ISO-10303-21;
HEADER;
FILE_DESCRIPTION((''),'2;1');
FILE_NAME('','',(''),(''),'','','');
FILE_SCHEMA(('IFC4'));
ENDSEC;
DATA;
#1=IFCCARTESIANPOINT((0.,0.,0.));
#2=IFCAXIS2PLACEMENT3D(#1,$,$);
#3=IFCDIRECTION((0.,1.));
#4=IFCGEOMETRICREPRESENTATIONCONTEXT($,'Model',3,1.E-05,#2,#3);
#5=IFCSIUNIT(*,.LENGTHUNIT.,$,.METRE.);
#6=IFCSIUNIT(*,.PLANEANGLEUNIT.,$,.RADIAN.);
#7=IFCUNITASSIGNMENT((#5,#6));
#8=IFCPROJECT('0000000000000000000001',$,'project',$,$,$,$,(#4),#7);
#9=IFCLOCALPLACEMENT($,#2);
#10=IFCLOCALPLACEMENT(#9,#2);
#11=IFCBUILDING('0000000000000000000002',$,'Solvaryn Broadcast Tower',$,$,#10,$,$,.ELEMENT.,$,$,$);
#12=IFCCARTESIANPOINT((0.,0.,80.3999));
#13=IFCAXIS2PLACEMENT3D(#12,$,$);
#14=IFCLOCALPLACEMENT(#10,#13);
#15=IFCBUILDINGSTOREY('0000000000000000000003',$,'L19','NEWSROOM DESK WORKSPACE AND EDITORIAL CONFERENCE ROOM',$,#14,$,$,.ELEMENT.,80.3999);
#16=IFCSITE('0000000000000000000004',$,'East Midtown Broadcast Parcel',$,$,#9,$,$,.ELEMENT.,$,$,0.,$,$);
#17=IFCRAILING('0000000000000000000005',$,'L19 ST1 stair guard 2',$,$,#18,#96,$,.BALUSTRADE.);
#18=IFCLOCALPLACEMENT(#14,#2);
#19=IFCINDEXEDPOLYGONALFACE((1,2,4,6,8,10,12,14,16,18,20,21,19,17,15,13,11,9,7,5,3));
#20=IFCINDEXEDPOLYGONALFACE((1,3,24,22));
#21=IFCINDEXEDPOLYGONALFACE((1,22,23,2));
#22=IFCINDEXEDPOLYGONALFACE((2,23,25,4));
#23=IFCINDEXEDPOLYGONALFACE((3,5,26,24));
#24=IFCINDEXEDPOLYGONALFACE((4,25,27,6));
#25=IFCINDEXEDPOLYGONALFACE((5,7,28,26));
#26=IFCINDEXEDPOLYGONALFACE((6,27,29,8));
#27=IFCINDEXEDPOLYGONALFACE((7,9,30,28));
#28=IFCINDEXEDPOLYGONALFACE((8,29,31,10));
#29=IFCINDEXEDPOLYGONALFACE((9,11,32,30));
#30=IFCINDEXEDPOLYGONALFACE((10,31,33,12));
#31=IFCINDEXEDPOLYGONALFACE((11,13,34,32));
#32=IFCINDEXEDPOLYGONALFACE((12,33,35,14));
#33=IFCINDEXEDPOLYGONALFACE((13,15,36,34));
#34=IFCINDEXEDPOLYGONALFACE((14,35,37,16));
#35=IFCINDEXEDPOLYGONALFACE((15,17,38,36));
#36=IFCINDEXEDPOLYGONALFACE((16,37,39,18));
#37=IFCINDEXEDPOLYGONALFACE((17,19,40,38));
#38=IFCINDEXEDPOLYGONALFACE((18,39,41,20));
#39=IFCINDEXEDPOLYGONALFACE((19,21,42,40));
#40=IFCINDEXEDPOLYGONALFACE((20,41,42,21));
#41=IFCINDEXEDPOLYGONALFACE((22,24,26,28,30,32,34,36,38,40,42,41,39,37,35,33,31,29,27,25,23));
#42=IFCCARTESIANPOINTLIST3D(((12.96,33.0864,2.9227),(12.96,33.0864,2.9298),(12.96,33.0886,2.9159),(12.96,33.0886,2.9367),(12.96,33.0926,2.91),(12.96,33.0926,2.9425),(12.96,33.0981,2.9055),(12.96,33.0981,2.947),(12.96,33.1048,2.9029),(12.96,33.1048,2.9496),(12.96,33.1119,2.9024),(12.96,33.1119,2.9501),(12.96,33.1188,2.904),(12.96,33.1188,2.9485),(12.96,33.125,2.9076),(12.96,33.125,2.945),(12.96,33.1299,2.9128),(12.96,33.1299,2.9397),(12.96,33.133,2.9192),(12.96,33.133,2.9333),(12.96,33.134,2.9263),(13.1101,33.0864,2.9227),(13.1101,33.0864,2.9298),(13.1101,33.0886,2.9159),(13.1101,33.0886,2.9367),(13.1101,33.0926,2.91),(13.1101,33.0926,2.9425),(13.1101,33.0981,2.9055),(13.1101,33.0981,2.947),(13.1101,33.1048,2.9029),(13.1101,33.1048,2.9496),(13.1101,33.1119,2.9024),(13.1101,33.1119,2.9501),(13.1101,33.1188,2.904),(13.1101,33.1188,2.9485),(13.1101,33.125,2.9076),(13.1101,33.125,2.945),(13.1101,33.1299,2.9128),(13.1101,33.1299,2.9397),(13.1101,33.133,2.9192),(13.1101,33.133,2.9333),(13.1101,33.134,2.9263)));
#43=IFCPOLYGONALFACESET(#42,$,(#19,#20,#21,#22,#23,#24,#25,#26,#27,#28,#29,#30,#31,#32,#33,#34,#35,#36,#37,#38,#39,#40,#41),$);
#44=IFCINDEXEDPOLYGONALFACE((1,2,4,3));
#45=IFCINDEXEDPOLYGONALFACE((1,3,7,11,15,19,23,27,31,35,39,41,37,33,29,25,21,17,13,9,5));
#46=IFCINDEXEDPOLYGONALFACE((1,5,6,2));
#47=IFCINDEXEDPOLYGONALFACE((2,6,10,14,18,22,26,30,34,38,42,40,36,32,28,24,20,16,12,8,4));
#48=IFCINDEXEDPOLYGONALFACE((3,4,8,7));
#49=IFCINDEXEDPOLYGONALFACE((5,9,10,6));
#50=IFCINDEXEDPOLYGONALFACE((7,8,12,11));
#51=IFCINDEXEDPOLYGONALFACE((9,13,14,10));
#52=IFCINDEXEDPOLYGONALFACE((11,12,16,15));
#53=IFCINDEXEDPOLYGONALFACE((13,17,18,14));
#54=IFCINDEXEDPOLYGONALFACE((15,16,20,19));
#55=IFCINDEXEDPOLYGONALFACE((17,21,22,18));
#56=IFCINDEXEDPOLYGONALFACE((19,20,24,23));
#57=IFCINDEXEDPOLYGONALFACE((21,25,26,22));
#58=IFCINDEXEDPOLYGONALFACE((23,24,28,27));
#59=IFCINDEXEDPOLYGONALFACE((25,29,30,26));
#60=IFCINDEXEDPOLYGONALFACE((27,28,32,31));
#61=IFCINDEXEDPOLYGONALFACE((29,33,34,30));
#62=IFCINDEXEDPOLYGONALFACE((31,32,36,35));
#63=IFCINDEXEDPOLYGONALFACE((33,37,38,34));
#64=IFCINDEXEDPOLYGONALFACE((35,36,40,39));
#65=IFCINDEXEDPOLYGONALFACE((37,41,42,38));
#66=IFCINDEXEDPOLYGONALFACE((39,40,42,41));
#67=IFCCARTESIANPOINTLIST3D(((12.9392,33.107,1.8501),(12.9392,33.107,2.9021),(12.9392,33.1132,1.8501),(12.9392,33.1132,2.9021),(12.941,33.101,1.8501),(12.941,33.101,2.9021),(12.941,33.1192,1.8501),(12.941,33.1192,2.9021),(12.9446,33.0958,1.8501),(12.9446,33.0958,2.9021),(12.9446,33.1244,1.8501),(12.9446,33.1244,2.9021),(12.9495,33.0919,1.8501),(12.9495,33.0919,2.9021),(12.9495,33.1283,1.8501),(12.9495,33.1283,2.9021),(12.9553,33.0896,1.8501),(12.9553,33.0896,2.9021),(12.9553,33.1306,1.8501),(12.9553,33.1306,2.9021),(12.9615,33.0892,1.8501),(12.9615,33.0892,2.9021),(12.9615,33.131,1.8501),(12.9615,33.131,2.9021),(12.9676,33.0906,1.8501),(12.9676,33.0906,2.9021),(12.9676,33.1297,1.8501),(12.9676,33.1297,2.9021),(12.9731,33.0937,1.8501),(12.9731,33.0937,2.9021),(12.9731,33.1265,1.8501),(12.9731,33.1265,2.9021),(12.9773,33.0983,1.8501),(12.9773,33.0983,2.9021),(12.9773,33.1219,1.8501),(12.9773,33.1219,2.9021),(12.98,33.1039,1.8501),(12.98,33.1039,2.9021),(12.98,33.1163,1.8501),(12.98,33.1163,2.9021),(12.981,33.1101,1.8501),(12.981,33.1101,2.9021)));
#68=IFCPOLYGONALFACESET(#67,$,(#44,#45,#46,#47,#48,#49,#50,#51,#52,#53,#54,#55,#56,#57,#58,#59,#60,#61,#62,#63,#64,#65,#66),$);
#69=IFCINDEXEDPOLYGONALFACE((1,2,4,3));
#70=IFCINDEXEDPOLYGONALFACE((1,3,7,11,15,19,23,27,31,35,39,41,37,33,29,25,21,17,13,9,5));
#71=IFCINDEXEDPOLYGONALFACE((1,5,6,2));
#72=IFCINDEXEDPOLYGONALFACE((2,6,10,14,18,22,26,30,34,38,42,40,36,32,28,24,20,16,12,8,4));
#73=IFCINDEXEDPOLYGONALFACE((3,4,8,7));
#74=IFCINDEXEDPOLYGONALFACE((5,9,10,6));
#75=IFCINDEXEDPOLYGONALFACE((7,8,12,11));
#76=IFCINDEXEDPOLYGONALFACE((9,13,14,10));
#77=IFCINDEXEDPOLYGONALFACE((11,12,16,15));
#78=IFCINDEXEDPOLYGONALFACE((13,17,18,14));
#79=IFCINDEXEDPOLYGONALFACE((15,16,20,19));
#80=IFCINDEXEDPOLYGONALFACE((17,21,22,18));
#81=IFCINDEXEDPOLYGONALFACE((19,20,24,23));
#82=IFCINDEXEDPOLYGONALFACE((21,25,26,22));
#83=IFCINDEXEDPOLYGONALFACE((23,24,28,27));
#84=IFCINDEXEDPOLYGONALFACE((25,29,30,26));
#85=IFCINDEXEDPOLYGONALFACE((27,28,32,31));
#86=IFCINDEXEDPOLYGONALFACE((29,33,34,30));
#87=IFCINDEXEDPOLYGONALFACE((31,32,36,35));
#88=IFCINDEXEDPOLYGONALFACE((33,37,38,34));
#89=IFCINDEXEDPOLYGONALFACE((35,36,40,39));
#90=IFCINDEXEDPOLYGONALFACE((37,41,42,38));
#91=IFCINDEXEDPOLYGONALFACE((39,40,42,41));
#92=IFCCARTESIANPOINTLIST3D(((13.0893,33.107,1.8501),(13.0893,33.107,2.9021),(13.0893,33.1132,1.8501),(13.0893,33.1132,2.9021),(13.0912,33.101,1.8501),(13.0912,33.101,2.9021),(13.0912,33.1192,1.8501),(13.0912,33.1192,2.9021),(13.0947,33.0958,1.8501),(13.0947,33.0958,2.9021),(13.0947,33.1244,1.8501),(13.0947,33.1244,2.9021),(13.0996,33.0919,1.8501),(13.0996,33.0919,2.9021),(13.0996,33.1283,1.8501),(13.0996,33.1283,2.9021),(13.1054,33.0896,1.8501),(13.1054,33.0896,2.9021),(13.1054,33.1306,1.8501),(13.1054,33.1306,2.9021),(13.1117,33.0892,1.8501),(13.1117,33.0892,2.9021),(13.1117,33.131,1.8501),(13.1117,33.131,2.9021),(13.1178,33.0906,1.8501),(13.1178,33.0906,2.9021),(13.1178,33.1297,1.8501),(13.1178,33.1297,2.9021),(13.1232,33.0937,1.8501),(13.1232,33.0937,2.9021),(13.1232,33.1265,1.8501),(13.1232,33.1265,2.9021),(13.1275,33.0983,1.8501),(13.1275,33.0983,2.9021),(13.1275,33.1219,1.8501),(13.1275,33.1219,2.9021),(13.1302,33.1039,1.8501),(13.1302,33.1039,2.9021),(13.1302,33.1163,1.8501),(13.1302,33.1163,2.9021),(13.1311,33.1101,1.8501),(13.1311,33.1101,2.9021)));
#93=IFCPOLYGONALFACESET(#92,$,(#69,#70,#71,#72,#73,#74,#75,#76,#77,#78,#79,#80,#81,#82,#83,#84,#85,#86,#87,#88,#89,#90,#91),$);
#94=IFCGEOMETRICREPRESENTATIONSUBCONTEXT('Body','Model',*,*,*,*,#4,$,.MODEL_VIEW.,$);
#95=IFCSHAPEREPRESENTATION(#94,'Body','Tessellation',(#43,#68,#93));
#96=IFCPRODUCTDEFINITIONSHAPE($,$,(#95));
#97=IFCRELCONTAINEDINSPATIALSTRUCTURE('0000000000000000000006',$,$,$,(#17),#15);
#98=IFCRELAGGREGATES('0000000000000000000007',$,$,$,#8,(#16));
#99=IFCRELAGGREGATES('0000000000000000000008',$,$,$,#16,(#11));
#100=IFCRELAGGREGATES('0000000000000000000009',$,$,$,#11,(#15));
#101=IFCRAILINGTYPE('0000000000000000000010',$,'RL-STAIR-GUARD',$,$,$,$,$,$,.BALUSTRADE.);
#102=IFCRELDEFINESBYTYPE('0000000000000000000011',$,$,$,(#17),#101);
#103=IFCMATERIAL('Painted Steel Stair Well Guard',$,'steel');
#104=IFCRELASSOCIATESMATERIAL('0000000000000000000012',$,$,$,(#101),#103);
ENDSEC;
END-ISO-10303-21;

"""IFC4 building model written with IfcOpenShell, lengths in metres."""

from ifc_helpers import new_model, si_unit, direction, frame, origin, origin_2d, place, context, subcontext, project, spatial, circle, extrude, material, type_object, element, save


model = new_model("IFC4")

# Units and contexts
model_context = context("Model", 3, precision=1e-05, world=origin(), true_north=direction((0.0, 1.0)))
body_context = subcontext(model_context, "Body", "Model", "MODEL_VIEW")
ifc_project = project(units=[si_unit("LENGTHUNIT", "METRE"), si_unit("PLANEANGLEUNIT", "RADIAN")], contexts=[model_context])

# Site, building, storey
site_placement = place(None, origin())
site = spatial("IfcSite", under=ifc_project, at=site_placement, Name="East Midtown Broadcast Parcel", CompositionType="ELEMENT", RefElevation=0.0)
building_placement = place(site_placement, origin())
building = spatial("IfcBuilding", under=site, at=building_placement, Name="Solvaryn Broadcast Tower", CompositionType="ELEMENT")
storey_placement = place(building_placement, frame((0.0, 0.0, 80.3999)))
storey = spatial("IfcBuildingStorey", under=building, at=storey_placement, Name="L19", Description="NEWSROOM DESK WORKSPACE AND EDITORIAL CONFERENCE ROOM", CompositionType="ELEMENT", Elevation=80.3999)

# Railing
ifc_material_1 = material(Name="Painted Steel Stair Well Guard", Category="steel")
railing_type_1 = type_object("IfcRailingType", Name="RL-STAIR-GUARD", PredefinedType="BALUSTRADE", material=ifc_material_1)
railing_1_placement = place(storey_placement, frame((12.96, 33.1101, 1.8501)))
element("IfcRailing", 1, at=railing_1_placement, inside=storey, type_object=railing_type_1, Name="L19 ST1 stair guard 2", PredefinedType="BALUSTRADE", context=body_context, shape_type="SweptSolid", body=[
    extrude(circle(Radius=0.0239, at=origin_2d()), frame((0.0, 0.0, 1.0762), z_axis=(1.0, 0.0, 0.0), x_axis=(0.0, 1.0, 0.0)), (0.0, 0.0, 1.0), 0.1501),
    extrude(circle(Radius=0.021, at=origin_2d()), origin(), (0.0, 0.0, 1.0), 1.052),
    extrude(circle(Radius=0.021, at=origin_2d()), frame((0.1501, 0.0, 0.0)), (0.0, 0.0, 1.0), 1.052),
])

save(model, "model.ifc")
